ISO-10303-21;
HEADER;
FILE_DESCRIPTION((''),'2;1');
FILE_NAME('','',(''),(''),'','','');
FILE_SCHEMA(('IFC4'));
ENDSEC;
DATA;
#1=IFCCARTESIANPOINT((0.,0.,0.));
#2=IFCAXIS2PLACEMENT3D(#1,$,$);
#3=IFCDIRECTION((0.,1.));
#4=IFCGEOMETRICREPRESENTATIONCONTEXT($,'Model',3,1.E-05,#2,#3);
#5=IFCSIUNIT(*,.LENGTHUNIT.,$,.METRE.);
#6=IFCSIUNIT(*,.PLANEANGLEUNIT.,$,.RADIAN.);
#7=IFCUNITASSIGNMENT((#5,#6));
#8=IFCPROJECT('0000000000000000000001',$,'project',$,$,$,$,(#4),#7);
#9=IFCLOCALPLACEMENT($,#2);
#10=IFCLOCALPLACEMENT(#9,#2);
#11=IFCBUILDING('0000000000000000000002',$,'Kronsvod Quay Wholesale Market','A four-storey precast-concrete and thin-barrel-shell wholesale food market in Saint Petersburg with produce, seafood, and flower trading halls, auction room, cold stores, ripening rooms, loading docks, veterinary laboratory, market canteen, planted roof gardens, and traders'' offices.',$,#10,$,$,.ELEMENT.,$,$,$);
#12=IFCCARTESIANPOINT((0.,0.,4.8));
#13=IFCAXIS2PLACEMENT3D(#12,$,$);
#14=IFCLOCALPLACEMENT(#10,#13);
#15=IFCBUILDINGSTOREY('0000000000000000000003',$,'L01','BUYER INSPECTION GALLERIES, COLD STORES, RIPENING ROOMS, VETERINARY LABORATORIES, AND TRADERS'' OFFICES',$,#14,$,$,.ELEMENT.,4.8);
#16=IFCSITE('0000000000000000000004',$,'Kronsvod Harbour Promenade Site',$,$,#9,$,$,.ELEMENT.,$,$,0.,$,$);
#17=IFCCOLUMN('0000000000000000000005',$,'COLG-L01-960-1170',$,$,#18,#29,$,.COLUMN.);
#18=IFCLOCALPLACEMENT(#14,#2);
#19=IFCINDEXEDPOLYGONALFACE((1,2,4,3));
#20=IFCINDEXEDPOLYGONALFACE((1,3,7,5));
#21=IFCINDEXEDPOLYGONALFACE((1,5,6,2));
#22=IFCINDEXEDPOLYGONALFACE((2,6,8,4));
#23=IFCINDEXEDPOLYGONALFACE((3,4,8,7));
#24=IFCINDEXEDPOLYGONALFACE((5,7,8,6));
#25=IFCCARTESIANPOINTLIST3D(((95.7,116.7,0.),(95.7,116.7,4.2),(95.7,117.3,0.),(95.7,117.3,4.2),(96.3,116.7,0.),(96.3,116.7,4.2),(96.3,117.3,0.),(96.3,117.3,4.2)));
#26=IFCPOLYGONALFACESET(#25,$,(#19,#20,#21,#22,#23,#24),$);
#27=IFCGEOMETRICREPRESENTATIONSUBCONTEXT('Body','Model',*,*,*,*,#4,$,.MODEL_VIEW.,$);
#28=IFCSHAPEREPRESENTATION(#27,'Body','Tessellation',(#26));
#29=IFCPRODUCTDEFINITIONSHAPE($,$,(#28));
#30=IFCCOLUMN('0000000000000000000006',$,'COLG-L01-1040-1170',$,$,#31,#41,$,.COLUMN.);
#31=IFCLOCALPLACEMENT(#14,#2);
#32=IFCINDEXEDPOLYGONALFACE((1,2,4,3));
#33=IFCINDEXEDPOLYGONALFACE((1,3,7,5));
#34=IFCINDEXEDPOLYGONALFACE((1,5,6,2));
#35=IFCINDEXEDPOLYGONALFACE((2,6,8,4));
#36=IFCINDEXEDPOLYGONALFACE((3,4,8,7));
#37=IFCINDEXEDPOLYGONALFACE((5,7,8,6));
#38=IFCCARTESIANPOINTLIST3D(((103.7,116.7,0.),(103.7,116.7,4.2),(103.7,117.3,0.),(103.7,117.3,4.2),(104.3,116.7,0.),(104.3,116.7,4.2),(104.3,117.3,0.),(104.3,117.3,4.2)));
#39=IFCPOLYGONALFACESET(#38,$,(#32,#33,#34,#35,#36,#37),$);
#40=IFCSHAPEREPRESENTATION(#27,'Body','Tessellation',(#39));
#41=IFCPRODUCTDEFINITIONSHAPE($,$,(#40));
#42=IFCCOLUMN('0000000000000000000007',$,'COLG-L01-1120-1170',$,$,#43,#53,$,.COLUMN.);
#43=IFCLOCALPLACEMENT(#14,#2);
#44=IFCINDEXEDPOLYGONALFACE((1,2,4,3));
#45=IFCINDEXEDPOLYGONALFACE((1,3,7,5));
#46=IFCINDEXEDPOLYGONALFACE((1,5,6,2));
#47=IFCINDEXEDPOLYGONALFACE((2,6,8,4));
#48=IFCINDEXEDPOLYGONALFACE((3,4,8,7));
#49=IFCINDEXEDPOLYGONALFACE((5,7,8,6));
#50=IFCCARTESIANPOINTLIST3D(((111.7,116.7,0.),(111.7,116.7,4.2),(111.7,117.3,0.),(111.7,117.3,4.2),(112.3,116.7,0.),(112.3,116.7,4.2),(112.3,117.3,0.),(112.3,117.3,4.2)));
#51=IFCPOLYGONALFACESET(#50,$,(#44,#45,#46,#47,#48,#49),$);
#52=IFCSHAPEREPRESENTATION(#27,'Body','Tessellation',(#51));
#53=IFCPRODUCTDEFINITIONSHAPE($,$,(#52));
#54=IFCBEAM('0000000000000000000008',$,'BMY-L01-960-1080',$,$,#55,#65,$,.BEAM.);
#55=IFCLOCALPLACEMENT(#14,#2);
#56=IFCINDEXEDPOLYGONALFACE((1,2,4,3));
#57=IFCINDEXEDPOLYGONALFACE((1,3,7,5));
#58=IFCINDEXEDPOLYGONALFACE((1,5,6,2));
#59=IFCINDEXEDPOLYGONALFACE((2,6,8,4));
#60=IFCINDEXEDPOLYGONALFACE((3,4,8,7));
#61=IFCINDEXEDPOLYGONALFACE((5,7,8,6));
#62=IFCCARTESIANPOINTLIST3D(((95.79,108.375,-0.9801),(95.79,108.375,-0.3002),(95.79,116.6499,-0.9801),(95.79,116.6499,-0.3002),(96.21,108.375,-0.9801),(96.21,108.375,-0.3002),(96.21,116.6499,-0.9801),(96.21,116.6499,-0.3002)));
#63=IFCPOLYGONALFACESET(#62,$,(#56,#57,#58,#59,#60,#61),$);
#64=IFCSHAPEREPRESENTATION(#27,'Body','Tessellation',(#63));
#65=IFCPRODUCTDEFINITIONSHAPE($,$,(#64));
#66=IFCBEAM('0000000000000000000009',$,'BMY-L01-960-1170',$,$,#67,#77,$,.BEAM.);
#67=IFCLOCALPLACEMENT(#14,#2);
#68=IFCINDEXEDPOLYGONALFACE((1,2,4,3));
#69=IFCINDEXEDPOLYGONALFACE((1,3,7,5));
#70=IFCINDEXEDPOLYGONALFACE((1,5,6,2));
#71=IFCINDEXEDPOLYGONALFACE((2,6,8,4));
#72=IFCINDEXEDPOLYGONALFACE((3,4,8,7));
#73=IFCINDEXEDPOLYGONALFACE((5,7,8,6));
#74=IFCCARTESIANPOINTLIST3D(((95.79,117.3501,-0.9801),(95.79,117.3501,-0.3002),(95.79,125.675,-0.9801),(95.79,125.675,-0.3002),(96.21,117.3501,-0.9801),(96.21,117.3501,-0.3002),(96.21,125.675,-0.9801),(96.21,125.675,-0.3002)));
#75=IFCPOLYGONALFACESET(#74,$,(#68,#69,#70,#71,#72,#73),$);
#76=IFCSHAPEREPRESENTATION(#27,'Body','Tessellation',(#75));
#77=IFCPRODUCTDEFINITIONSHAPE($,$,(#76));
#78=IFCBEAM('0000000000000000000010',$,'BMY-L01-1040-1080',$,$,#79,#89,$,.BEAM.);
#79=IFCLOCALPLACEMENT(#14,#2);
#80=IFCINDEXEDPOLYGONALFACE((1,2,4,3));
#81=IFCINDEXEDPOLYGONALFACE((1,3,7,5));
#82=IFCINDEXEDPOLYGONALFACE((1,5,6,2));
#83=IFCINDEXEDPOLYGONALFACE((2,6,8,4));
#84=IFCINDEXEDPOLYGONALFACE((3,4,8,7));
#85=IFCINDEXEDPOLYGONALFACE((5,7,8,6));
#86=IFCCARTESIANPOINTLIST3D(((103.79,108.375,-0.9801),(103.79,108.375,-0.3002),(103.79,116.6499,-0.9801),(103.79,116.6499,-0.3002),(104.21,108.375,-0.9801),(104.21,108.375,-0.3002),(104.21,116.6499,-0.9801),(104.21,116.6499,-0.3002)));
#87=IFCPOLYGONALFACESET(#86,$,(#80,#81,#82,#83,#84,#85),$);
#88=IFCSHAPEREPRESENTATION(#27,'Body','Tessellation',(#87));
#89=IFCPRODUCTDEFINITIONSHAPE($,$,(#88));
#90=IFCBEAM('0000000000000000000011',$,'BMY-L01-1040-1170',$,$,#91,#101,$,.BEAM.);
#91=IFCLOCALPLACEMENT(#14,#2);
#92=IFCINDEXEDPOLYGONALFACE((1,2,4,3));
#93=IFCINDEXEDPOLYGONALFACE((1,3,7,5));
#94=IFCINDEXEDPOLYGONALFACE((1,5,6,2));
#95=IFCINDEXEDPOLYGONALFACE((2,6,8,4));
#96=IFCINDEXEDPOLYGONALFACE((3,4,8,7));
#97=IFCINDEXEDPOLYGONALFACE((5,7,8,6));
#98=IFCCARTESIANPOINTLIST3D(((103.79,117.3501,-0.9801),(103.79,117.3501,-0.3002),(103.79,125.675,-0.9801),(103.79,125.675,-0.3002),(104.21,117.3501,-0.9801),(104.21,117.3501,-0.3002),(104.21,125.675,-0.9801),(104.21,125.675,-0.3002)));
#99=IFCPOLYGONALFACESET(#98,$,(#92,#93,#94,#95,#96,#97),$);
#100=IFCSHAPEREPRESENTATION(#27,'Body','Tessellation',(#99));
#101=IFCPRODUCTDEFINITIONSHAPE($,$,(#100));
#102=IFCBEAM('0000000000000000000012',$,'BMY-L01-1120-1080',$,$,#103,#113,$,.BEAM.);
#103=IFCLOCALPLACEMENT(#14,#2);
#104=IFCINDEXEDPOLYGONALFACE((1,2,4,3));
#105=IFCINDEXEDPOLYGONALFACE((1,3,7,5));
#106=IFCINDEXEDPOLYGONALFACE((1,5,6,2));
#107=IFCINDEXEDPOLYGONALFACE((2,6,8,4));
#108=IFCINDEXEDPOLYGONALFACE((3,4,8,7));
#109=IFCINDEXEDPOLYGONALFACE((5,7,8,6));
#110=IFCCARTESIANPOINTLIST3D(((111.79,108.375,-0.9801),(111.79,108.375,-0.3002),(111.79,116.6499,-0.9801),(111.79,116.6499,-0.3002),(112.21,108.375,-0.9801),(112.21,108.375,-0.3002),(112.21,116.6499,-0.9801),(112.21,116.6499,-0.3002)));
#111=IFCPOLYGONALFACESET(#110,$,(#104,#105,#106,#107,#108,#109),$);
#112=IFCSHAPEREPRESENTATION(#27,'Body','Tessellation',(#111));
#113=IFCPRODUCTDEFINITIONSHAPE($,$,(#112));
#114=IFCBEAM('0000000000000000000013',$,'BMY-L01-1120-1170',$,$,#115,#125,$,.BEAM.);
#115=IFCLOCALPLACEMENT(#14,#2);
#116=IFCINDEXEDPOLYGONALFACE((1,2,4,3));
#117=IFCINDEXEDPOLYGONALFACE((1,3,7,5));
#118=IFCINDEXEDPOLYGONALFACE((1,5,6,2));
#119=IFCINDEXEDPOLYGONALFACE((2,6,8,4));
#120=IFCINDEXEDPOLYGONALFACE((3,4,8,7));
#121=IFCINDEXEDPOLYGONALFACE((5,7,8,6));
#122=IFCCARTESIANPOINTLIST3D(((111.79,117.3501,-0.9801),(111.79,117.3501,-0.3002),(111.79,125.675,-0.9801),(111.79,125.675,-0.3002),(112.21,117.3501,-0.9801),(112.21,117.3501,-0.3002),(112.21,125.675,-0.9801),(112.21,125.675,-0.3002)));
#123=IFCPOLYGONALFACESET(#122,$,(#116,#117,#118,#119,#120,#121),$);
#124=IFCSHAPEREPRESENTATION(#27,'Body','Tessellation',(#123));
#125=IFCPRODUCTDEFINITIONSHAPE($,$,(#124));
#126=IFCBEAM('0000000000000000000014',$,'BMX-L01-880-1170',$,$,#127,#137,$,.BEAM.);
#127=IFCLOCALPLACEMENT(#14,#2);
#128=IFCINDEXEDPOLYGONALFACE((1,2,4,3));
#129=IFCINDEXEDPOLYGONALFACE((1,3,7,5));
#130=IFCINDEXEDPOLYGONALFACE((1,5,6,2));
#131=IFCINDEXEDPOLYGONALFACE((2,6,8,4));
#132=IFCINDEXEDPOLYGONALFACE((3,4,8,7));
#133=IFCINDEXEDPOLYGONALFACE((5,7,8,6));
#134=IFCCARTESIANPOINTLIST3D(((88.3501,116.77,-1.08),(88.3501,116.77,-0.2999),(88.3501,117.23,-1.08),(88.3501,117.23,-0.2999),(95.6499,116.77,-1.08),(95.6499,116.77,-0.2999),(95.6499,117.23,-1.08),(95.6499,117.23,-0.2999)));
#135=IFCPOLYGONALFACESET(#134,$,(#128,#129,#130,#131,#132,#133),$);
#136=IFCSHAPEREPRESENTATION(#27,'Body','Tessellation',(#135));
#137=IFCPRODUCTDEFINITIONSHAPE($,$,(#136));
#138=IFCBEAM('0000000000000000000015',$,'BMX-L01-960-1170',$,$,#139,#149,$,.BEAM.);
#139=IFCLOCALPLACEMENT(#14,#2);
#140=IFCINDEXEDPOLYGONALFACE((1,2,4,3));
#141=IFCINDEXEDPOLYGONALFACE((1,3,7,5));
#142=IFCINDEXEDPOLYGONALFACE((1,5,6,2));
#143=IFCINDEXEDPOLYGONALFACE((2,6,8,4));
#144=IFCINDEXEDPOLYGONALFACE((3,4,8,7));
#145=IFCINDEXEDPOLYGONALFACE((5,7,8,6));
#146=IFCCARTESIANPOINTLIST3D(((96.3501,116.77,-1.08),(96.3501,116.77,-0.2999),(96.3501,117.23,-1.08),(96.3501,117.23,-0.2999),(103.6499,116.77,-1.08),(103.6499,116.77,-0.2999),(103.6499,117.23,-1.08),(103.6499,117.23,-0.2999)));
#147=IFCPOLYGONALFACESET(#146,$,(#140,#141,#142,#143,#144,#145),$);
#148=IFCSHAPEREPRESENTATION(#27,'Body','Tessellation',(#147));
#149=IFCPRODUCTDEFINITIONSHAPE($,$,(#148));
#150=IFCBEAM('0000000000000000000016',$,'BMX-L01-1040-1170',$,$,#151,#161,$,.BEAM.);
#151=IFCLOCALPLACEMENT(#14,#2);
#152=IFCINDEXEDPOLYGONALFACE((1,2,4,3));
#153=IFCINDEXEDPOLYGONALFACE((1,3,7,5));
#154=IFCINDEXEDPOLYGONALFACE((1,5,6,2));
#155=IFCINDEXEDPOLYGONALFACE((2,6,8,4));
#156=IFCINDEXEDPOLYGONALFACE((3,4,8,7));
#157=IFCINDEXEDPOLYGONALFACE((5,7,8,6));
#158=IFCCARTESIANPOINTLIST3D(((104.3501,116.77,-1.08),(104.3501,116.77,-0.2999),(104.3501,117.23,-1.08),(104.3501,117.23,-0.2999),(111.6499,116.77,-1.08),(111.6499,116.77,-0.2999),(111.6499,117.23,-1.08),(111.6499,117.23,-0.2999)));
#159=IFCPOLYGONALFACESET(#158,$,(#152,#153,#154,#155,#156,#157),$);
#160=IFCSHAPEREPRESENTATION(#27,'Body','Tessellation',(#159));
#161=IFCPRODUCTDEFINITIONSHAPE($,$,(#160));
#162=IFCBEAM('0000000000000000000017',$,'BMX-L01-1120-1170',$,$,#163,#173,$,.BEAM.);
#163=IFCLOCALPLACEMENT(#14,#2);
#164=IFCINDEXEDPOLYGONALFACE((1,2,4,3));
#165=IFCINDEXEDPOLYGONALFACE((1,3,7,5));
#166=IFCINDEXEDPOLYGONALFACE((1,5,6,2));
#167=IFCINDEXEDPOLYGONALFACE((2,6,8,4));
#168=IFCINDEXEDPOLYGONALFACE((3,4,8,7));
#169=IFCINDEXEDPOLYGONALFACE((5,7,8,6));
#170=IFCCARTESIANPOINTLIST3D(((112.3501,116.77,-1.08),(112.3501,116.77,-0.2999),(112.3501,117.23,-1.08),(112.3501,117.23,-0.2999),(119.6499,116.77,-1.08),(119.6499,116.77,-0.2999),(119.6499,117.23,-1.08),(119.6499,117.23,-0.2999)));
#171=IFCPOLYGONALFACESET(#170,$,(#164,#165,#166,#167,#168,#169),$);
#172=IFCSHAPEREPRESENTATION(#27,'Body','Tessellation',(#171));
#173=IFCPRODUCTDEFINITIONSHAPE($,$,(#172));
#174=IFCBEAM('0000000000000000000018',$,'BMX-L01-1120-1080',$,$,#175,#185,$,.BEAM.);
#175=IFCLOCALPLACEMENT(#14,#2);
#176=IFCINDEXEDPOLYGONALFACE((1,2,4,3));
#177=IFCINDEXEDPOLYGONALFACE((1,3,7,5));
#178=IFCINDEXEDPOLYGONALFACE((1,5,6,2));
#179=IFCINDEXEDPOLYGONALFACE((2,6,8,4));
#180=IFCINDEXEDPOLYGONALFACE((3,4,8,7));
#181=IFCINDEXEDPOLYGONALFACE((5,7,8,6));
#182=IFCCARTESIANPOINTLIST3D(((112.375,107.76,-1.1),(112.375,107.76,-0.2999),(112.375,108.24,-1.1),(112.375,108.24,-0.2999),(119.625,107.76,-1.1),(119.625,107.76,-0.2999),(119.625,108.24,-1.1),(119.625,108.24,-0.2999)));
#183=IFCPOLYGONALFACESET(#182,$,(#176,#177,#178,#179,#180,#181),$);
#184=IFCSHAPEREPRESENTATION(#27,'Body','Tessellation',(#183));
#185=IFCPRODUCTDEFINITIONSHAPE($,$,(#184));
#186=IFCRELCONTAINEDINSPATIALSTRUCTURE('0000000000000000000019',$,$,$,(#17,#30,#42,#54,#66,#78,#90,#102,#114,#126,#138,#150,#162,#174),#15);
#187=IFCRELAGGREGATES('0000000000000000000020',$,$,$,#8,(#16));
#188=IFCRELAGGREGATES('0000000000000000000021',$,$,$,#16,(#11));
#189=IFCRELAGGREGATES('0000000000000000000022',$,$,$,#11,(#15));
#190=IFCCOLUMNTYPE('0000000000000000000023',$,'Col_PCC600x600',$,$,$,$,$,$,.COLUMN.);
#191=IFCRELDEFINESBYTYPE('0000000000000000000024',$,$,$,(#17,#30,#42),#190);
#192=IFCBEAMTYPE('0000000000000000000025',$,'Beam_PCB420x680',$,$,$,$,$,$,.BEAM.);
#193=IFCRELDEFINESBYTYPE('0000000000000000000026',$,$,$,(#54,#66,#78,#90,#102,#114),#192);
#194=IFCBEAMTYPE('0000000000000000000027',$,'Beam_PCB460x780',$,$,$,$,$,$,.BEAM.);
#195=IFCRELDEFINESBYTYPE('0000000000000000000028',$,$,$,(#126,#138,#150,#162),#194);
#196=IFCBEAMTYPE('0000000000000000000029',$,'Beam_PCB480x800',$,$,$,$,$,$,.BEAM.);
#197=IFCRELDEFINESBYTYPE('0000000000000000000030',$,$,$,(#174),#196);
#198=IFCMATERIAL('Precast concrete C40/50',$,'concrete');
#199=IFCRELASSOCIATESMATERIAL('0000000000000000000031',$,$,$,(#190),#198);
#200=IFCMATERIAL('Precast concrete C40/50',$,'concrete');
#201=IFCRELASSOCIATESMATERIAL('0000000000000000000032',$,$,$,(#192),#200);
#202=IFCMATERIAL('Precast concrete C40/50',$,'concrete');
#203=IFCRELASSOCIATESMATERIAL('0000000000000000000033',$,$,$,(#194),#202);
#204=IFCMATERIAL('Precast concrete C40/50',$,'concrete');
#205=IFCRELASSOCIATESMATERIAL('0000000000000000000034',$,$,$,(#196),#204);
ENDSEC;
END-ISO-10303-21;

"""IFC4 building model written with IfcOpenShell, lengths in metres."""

from ifc_helpers import new_model, si_unit, direction, frame, origin, origin_2d, place, context, subcontext, project, spatial, rectangle, extrude, material, material_profile, profile_set, type_object, element, save


model = new_model("IFC4")

# Units and contexts
model_context = context("Model", 3, precision=1e-05, world=origin(), true_north=direction((0.0, 1.0)))
body_context = subcontext(model_context, "Body", "Model", "MODEL_VIEW")
ifc_project = project(units=[si_unit("LENGTHUNIT", "METRE"), si_unit("PLANEANGLEUNIT", "RADIAN")], contexts=[model_context])

# Site, building, storey
site_placement = place(None, origin())
site = spatial("IfcSite", under=ifc_project, at=site_placement, Name="Kronsvod Harbour Promenade Site", CompositionType="ELEMENT", RefElevation=0.0)
building_placement = place(site_placement, origin())
building = spatial("IfcBuilding", under=site, at=building_placement, Name="Kronsvod Quay Wholesale Market", Description="A four-storey precast-concrete and thin-barrel-shell wholesale food market in Saint Petersburg with produce, seafood, and flower trading halls, auction room, cold stores, ripening rooms, loading docks, veterinary laboratory, market canteen, planted roof gardens, and traders' offices.", CompositionType="ELEMENT")
storey_placement = place(building_placement, frame((0.0, 0.0, 4.8)))
storey = spatial("IfcBuildingStorey", under=building, at=storey_placement, Name="L01", Description="BUYER INSPECTION GALLERIES, COLD STORES, RIPENING ROOMS, VETERINARY LABORATORIES, AND TRADERS' OFFICES", CompositionType="ELEMENT", Elevation=4.8)

# Columns
ifc_material_1 = material(Name="Precast concrete C40/50", Category="concrete")
ifc_material_profile_1 = material_profile(ifc_material_1, rectangle(XDim=0.6001, YDim=0.6001, at=origin_2d()), Name="PCC600x600")
ifc_profile_set_1 = profile_set([ifc_material_profile_1], Name="Precast concrete C40/50")
column_type = type_object("IfcColumnType", Name="Col_PCC600x600", PredefinedType="COLUMN", material=ifc_profile_set_1)
for number, where, z_axis, x_axis, name in (
    (1, (96.0, 117.0, 0.0), (0.0, 0.0, 1.0), (1.0, 0.0, 0.0), "COLG-L01-960-1170"),
    (2, (104.0, 117.0, 0.0), (0.0, 0.0, 1.0), (1.0, 0.0, 0.0), "COLG-L01-1040-1170"),
    (3, (112.0, 117.0, 0.0), (0.0, 0.0, 1.0), (1.0, 0.0, 0.0), "COLG-L01-1120-1170"),
):
    element("IfcColumn", number, at=place(storey_placement, frame(where, z_axis=z_axis, x_axis=x_axis)), inside=storey, type_object=column_type, Name=name, PredefinedType="COLUMN", context=body_context, shape_type="SweptSolid", body=[
        extrude(rectangle(XDim=0.6001, YDim=0.6001, at=origin_2d()), origin(), (0.0, 0.0, 1.0), 4.2),
    ])

# Beams
ifc_material_2 = material(Name="Precast concrete C40/50", Category="concrete")
ifc_material_profile_2 = material_profile(ifc_material_2, rectangle(XDim=0.4199, YDim=0.6799, at=origin_2d()), Name="PB-05")
ifc_profile_set_2 = profile_set([ifc_material_profile_2], Name="Precast concrete C40/50")
beam_type_1 = type_object("IfcBeamType", Name="Beam_PCB420x680", PredefinedType="BEAM", material=ifc_profile_set_2)
beam_1_placement = place(storey_placement, frame((96.0, 108.375, -0.6401), z_axis=(0.0, 1.0, 0.0), x_axis=(-1.0, 0.0, 0.0)))
element("IfcBeam", 4, at=beam_1_placement, inside=storey, type_object=beam_type_1, Name="BMY-L01-960-1080", PredefinedType="BEAM", context=body_context, shape_type="SweptSolid", body=[
    extrude(rectangle(XDim=0.4199, YDim=0.6799, at=origin_2d()), origin(), (0.0, 0.0, 1.0), 8.2749),
])
beam_2_placement = place(storey_placement, frame((96.0, 117.3501, -0.6401), z_axis=(0.0, 1.0, 0.0), x_axis=(-1.0, 0.0, 0.0)))
element("IfcBeam", 5, at=beam_2_placement, inside=storey, type_object=beam_type_1, Name="BMY-L01-960-1170", PredefinedType="BEAM", context=body_context, shape_type="SweptSolid", body=[
    extrude(rectangle(XDim=0.4199, YDim=0.6799, at=origin_2d()), origin(), (0.0, 0.0, 1.0), 8.325),
])
beam_3_placement = place(storey_placement, frame((104.0, 108.375, -0.6401), z_axis=(0.0, 1.0, 0.0), x_axis=(-1.0, 0.0, 0.0)))
element("IfcBeam", 6, at=beam_3_placement, inside=storey, type_object=beam_type_1, Name="BMY-L01-1040-1080", PredefinedType="BEAM", context=body_context, shape_type="SweptSolid", body=[
    extrude(rectangle(XDim=0.4199, YDim=0.6799, at=origin_2d()), origin(), (0.0, 0.0, 1.0), 8.2749),
])
beam_4_placement = place(storey_placement, frame((104.0, 117.3501, -0.6401), z_axis=(0.0, 1.0, 0.0), x_axis=(-1.0, 0.0, 0.0)))
element("IfcBeam", 7, at=beam_4_placement, inside=storey, type_object=beam_type_1, Name="BMY-L01-1040-1170", PredefinedType="BEAM", context=body_context, shape_type="SweptSolid", body=[
    extrude(rectangle(XDim=0.4199, YDim=0.6799, at=origin_2d()), origin(), (0.0, 0.0, 1.0), 8.325),
])
beam_5_placement = place(storey_placement, frame((112.0, 108.375, -0.6401), z_axis=(0.0, 1.0, 0.0), x_axis=(-1.0, 0.0, 0.0)))
element("IfcBeam", 8, at=beam_5_placement, inside=storey, type_object=beam_type_1, Name="BMY-L01-1120-1080", PredefinedType="BEAM", context=body_context, shape_type="SweptSolid", body=[
    extrude(rectangle(XDim=0.4199, YDim=0.6799, at=origin_2d()), origin(), (0.0, 0.0, 1.0), 8.2749),
])
beam_6_placement = place(storey_placement, frame((112.0, 117.3501, -0.6401), z_axis=(0.0, 1.0, 0.0), x_axis=(-1.0, 0.0, 0.0)))
element("IfcBeam", 9, at=beam_6_placement, inside=storey, type_object=beam_type_1, Name="BMY-L01-1120-1170", PredefinedType="BEAM", context=body_context, shape_type="SweptSolid", body=[
    extrude(rectangle(XDim=0.4199, YDim=0.6799, at=origin_2d()), origin(), (0.0, 0.0, 1.0), 8.325),
])
ifc_material_3 = material(Name="Precast concrete C40/50", Category="concrete")
ifc_material_profile_3 = material_profile(ifc_material_3, rectangle(XDim=0.46, YDim=0.78, at=origin_2d()), Name="PB-03")
ifc_profile_set_3 = profile_set([ifc_material_profile_3], Name="Precast concrete C40/50")
beam_type_2 = type_object("IfcBeamType", Name="Beam_PCB460x780", PredefinedType="BEAM", material=ifc_profile_set_3)
for number, where, z_axis, x_axis, name in (
    (10, (88.3501, 117.0, -0.6899), (1.0, 0.0, 0.0), (0.0, 1.0, 0.0), "BMX-L01-880-1170"),
    (11, (96.3501, 117.0, -0.6899), (1.0, 0.0, 0.0), (0.0, 1.0, 0.0), "BMX-L01-960-1170"),
    (12, (104.3501, 117.0, -0.6899), (1.0, 0.0, 0.0), (0.0, 1.0, 0.0), "BMX-L01-1040-1170"),
    (13, (112.3501, 117.0, -0.6899), (1.0, 0.0, 0.0), (0.0, 1.0, 0.0), "BMX-L01-1120-1170"),
):
    element("IfcBeam", number, at=place(storey_placement, frame(where, z_axis=z_axis, x_axis=x_axis)), inside=storey, type_object=beam_type_2, Name=name, PredefinedType="BEAM", context=body_context, shape_type="SweptSolid", body=[
        extrude(rectangle(XDim=0.46, YDim=0.78, at=origin_2d()), origin(), (0.0, 0.0, 1.0), 7.2998),
    ])
ifc_material_4 = material(Name="Precast concrete C40/50", Category="concrete")
ifc_material_profile_4 = material_profile(ifc_material_4, rectangle(XDim=0.48, YDim=0.8, at=origin_2d()), Name="PB-04")
ifc_profile_set_4 = profile_set([ifc_material_profile_4], Name="Precast concrete C40/50")
beam_type_3 = type_object("IfcBeamType", Name="Beam_PCB480x800", PredefinedType="BEAM", material=ifc_profile_set_4)
beam_7_placement = place(storey_placement, frame((112.375, 108.0, -0.7), z_axis=(1.0, 0.0, 0.0), x_axis=(0.0, 1.0, 0.0)))
element("IfcBeam", 14, at=beam_7_placement, inside=storey, type_object=beam_type_3, Name="BMX-L01-1120-1080", PredefinedType="BEAM", context=body_context, shape_type="SweptSolid", body=[
    extrude(rectangle(XDim=0.48, YDim=0.8, at=origin_2d()), origin(), (0.0, 0.0, 1.0), 7.25),
])

save(model, "model.ifc")
